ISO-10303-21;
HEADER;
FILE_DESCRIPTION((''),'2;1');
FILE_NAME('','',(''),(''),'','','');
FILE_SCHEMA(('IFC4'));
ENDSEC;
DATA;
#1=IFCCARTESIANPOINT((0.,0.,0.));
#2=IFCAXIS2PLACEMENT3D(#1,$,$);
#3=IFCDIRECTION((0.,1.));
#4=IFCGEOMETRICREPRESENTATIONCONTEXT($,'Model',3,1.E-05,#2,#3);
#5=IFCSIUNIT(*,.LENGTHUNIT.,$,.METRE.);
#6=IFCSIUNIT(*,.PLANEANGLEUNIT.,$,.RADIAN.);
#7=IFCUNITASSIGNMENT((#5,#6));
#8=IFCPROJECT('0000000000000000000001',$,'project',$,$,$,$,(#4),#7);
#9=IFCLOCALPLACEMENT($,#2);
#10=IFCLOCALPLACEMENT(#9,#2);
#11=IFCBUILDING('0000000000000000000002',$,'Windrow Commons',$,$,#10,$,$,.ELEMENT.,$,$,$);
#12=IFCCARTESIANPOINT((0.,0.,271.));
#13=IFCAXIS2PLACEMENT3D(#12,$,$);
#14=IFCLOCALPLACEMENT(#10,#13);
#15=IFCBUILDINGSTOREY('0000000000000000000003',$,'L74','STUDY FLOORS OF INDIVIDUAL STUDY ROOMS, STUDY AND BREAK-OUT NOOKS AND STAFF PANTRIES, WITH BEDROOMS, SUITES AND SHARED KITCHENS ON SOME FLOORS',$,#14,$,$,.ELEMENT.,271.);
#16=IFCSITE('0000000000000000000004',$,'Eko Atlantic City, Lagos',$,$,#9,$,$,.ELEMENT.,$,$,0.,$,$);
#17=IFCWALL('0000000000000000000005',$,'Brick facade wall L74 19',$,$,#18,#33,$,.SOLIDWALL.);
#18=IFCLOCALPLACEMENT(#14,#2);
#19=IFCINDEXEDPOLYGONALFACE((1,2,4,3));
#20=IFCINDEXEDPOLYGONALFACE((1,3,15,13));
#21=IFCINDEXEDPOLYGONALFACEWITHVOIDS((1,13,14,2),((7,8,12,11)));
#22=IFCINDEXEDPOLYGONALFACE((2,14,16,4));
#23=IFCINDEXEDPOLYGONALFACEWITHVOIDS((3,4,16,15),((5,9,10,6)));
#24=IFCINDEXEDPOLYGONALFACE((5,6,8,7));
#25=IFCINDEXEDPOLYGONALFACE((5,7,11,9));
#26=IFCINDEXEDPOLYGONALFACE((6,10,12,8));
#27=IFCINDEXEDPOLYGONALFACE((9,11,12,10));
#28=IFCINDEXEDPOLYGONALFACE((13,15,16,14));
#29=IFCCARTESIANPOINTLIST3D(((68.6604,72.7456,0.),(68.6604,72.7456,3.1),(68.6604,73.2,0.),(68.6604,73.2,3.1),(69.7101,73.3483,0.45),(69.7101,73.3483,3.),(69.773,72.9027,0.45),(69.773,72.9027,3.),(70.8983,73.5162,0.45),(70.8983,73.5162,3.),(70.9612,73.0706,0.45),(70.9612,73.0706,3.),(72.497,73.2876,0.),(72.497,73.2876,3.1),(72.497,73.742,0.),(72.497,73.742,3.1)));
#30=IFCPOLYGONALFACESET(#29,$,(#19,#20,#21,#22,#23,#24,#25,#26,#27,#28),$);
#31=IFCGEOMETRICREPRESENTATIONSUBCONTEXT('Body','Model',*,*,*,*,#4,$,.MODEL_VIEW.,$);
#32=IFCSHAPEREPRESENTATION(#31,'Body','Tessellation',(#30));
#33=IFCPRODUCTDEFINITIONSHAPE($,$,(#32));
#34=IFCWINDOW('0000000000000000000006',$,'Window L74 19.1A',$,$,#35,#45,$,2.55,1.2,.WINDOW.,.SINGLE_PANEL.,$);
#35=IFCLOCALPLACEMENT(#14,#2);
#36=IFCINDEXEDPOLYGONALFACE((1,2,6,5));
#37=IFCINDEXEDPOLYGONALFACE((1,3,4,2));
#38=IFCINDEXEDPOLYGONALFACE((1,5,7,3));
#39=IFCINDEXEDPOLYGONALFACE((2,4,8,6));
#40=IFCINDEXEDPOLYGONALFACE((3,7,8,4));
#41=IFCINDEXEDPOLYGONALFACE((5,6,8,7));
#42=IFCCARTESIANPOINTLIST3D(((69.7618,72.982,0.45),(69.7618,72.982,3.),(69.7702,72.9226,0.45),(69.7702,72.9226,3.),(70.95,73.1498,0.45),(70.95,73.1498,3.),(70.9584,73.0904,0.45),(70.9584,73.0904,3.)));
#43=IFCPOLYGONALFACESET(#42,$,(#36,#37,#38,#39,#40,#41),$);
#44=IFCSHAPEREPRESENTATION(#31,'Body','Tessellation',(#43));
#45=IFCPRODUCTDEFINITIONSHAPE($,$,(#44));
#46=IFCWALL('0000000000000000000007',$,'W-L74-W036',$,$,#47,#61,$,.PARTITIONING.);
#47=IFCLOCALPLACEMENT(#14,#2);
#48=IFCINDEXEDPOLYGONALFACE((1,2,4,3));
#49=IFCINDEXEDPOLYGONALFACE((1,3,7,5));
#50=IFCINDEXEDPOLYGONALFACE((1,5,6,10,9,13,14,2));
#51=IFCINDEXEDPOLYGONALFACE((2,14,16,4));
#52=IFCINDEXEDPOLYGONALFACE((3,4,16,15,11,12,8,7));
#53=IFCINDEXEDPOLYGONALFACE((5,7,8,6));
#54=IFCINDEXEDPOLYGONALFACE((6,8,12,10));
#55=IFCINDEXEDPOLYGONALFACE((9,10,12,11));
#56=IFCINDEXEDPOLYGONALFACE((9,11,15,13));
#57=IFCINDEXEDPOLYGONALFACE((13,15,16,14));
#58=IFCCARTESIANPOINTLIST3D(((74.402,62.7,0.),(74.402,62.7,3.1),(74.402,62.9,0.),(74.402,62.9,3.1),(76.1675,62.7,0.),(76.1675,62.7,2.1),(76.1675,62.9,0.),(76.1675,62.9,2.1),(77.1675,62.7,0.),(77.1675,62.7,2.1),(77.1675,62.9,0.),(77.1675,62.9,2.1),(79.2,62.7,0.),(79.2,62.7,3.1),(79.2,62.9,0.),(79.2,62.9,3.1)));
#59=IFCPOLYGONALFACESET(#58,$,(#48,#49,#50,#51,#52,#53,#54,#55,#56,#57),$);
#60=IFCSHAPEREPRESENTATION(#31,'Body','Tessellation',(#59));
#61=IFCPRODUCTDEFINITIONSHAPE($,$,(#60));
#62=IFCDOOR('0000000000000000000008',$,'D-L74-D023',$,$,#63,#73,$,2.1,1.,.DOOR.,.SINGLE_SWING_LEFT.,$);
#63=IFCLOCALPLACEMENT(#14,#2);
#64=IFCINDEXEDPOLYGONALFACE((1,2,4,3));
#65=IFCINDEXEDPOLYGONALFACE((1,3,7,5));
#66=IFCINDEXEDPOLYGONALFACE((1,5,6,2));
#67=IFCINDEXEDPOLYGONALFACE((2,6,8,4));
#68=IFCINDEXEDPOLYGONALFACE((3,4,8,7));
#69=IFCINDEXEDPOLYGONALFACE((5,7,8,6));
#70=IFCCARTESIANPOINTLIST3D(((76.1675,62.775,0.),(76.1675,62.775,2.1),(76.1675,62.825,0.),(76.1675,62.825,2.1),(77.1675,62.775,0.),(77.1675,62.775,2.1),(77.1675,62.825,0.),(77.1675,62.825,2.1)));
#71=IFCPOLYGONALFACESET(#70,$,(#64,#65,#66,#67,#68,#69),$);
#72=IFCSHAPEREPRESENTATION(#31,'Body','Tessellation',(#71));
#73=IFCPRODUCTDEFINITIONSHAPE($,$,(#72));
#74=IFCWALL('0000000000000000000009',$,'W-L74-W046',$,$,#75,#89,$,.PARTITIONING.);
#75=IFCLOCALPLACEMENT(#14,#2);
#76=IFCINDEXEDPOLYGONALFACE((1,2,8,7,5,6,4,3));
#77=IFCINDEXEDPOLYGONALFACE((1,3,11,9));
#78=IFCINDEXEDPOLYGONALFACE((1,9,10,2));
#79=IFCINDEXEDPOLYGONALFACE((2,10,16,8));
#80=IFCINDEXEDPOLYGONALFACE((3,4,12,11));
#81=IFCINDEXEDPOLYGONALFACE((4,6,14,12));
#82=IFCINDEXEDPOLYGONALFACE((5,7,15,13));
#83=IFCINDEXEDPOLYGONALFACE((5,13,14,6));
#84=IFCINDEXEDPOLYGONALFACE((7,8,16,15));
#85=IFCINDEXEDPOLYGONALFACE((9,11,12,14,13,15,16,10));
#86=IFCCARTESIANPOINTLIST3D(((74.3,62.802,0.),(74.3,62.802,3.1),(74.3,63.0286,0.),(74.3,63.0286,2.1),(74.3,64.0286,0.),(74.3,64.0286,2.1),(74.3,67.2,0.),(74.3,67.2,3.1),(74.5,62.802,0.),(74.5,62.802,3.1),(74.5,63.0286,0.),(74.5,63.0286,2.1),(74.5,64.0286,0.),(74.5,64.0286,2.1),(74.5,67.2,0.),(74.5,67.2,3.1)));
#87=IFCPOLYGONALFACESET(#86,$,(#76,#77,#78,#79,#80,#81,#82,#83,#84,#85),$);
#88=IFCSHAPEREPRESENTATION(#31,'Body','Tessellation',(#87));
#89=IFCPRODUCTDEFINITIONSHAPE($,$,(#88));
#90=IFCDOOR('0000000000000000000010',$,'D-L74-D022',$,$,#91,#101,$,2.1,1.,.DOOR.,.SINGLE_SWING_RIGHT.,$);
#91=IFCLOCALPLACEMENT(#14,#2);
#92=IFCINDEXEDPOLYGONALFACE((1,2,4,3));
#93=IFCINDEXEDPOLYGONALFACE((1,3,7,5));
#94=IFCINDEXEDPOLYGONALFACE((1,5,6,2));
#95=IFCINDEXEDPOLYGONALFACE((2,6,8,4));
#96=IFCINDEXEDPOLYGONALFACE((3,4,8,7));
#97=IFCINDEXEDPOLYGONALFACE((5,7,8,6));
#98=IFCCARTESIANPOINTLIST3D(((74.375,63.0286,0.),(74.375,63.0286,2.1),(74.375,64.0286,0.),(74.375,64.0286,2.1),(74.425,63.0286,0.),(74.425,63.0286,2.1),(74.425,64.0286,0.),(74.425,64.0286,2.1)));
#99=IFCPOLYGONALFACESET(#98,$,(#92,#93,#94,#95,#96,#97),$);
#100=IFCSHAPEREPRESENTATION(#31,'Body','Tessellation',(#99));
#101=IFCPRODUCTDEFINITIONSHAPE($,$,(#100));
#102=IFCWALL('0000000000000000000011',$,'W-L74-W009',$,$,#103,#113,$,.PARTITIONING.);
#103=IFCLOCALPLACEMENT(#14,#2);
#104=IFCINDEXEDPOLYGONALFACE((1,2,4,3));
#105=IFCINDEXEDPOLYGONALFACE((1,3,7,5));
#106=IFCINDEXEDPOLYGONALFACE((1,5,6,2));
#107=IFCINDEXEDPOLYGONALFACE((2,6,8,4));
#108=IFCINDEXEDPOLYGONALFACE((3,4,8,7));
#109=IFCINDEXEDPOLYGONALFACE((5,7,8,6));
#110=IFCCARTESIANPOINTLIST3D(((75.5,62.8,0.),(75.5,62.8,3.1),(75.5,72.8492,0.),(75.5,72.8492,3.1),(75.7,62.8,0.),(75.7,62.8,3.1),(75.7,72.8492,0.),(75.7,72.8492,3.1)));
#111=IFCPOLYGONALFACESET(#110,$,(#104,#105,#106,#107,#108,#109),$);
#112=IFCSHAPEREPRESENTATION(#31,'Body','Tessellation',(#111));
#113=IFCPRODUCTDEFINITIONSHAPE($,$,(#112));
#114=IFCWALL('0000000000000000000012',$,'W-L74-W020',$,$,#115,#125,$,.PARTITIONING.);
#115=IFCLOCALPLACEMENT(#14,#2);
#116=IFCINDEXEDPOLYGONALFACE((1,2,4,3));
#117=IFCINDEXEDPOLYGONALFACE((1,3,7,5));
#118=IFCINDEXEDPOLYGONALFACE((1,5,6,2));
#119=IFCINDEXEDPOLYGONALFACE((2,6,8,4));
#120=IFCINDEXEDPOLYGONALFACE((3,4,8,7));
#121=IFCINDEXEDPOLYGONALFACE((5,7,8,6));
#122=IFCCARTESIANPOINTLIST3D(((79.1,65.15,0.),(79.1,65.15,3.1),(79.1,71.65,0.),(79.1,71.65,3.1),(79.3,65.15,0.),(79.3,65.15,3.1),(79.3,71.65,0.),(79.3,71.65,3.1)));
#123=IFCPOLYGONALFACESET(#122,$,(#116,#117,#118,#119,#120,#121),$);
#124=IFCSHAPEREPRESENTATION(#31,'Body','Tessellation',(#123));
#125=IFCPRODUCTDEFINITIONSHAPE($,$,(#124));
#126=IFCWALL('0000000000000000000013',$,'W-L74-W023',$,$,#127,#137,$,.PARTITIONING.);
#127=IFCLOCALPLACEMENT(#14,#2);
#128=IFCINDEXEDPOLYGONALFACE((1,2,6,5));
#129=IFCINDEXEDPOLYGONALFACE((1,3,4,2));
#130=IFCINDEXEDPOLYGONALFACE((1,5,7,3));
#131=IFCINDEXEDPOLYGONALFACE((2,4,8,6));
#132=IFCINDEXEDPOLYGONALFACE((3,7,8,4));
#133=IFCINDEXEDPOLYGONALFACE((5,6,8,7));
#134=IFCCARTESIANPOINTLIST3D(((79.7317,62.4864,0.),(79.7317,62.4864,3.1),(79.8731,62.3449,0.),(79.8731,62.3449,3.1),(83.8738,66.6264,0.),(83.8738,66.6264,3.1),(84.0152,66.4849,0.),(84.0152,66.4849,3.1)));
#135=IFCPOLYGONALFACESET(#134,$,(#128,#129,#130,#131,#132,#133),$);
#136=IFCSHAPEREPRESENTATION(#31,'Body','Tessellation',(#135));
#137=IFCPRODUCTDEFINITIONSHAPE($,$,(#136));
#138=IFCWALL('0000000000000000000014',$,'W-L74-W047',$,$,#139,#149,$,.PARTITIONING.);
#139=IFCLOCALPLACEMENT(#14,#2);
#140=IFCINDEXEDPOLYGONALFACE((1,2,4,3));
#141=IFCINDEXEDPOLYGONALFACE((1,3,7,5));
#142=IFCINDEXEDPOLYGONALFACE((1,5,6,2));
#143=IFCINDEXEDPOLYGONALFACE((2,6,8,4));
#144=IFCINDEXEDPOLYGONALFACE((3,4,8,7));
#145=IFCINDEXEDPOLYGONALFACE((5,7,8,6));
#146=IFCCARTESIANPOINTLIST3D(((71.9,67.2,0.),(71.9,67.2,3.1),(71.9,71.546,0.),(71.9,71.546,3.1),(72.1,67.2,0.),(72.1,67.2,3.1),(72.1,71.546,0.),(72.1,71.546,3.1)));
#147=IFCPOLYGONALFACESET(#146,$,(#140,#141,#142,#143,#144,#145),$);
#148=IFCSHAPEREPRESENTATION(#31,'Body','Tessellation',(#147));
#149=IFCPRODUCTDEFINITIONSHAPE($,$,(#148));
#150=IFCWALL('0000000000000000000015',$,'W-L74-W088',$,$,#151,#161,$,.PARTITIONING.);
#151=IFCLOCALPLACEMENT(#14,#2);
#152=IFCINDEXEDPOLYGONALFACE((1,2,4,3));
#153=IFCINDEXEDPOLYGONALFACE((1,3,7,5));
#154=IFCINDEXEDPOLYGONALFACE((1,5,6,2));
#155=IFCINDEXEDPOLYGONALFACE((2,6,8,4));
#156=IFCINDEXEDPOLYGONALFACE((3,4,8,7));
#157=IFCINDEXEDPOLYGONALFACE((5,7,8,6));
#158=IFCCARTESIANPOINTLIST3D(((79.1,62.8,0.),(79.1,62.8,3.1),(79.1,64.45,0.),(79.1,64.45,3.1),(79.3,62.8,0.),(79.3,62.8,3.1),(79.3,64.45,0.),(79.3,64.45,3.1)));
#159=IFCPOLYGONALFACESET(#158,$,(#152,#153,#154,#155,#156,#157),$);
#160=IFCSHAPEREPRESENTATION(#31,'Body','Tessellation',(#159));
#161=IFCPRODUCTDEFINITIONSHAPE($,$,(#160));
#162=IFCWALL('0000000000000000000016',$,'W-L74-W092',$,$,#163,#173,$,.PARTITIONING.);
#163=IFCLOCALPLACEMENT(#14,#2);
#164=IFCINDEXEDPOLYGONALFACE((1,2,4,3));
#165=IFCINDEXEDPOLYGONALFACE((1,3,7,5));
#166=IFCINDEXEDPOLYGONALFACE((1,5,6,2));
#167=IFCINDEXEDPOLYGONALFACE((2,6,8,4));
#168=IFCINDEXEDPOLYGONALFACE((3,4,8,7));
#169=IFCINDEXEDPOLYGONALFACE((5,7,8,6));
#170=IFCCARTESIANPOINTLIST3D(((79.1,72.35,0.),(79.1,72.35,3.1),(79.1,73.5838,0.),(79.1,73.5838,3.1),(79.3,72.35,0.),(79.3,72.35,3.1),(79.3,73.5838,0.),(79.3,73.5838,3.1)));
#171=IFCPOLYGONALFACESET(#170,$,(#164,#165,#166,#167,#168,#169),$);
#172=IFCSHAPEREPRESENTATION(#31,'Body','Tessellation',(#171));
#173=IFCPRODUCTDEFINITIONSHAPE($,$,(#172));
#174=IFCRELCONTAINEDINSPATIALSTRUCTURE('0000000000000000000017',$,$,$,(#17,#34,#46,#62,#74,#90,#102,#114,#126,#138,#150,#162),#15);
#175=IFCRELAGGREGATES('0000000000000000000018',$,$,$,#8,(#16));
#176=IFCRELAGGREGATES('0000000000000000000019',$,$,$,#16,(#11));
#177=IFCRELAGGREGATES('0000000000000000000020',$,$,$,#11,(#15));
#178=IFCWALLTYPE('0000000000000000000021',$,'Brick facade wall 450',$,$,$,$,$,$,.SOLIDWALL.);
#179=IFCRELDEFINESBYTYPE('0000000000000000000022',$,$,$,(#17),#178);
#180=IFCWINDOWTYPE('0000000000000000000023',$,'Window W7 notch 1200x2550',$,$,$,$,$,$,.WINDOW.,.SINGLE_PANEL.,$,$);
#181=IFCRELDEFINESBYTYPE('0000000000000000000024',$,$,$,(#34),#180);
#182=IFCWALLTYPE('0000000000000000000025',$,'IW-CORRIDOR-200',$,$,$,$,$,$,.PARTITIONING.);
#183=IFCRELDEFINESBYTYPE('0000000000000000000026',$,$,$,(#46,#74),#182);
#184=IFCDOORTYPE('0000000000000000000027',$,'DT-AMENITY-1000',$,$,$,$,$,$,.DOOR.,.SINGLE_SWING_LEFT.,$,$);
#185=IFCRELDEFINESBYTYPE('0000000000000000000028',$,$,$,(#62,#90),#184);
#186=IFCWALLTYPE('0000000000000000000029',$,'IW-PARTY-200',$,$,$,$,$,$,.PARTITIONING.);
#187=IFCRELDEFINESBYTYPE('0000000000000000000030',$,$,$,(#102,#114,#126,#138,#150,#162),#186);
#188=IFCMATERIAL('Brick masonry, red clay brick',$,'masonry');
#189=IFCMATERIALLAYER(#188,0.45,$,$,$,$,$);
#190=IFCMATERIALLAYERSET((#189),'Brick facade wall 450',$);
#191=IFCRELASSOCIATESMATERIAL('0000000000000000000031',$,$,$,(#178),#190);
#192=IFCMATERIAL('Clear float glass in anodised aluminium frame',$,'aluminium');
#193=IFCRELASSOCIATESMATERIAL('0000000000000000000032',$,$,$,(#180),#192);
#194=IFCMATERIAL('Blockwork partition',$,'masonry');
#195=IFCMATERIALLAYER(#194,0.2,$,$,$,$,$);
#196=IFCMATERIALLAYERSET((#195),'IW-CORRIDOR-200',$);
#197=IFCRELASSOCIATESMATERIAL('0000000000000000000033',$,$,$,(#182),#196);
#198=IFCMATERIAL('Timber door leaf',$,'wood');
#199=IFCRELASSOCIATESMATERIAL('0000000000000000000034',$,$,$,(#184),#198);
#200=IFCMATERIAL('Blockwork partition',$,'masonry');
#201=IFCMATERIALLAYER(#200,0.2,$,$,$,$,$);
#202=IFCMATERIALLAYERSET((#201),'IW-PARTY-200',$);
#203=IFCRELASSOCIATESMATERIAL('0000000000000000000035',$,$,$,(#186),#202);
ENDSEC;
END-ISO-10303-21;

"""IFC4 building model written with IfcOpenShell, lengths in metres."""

from ifc_helpers import new_model, si_unit, direction, frame, frame_2d, origin, place, context, subcontext, project, spatial, polyline, rectangle, outline, extrude, material, layer, layer_set, type_object, element, fill, save


model = new_model("IFC4")

# Units and contexts
model_context = context("Model", 3, precision=1e-05, world=origin(), true_north=direction((0.0, 1.0)))
body_context = subcontext(model_context, "Body", "Model", "MODEL_VIEW")
ifc_project = project(units=[si_unit("LENGTHUNIT", "METRE"), si_unit("PLANEANGLEUNIT", "RADIAN")], contexts=[model_context])

# Site, building, storey
site_placement = place(None, origin())
site = spatial("IfcSite", under=ifc_project, at=site_placement, Name="Eko Atlantic City, Lagos", CompositionType="ELEMENT", RefElevation=0.0)
building_placement = place(site_placement, origin())
building = spatial("IfcBuilding", under=site, at=building_placement, Name="Windrow Commons", CompositionType="ELEMENT")
storey_placement = place(building_placement, frame((0.0, 0.0, 271.0)))
storey = spatial("IfcBuildingStorey", under=building, at=storey_placement, Name="L74", Description="STUDY FLOORS OF INDIVIDUAL STUDY ROOMS, STUDY AND BREAK-OUT NOOKS AND STAFF PANTRIES, WITH BEDROOMS, SUITES AND SHARED KITCHENS ON SOME FLOORS", CompositionType="ELEMENT", Elevation=271.0)

# Wall, opening, window
ifc_material_1 = material(Name="Brick masonry, red clay brick", Category="masonry")
ifc_layer_1 = layer(ifc_material_1, 0.45)
ifc_layer_set_1 = layer_set([ifc_layer_1], Name="Brick facade wall 450")
wall_type_1 = type_object("IfcWallType", Name="Brick facade wall 450", PredefinedType="SOLIDWALL", material=ifc_layer_set_1)
ifc_material_2 = material(Name="Clear float glass in anodised aluminium frame", Category="aluminium")
window_type = type_object("IfcWindowType", Name="Window W7 notch 1200x2550", PartitioningType="SINGLE_PANEL", PredefinedType="WINDOW", material=ifc_material_2)
wall_1_placement = place(storey_placement, frame((72.497, 73.5148, 0.0), z_axis=(0.0, 0.0, 1.0), x_axis=(-0.990168, -0.139882, 0.0)))
wall_1 = element("IfcWall", 1, at=wall_1_placement, inside=storey, type_object=wall_type_1, Name="Brick facade wall L74 19", PredefinedType="SOLIDWALL", context=body_context, shape_type="SweptSolid", body=[
    extrude(outline(polyline([(-0.0318, -0.225), (3.8429, -0.225), (3.9065, 0.225), (0.0318, 0.225), (-0.0318, -0.225)])), origin(), (0.0, 0.0, 1.0), 3.1),
])
opening_1_placement = place(wall_1_placement, frame((1.5828, 0.0, 0.45)))
opening_1 = element("IfcOpeningElement", 2, at=opening_1_placement, cuts=wall_1, PredefinedType="OPENING", context=body_context, shape_type="SweptSolid", body=[
    extrude(rectangle(XDim=1.2, YDim=2.55, at=frame_2d((0.6, 1.275))), frame((0.0, 0.235, 0.0), z_axis=(0.0, -1.0, 0.0), x_axis=(1.0, 0.0, 0.0)), (0.0, 0.0, 1.0), 0.47),
])
window_1_placement = place(opening_1_placement, origin())
window_1 = element("IfcWindow", 3, at=window_1_placement, inside=storey, type_object=window_type, Name="Window L74 19.1A", OverallHeight=2.55, OverallWidth=1.2, PartitioningType="SINGLE_PANEL", PredefinedType="WINDOW", context=body_context, shape_type="SweptSolid", body=[
    extrude(rectangle(XDim=1.2, YDim=2.55, at=frame_2d((0.6, 1.275))), frame((0.0, 0.205, 0.0), z_axis=(0.0, -1.0, 0.0), x_axis=(1.0, 0.0, 0.0)), (0.0, 0.0, 1.0), 0.06),
])
fill(opening_1, window_1)

# Walls, openings, doors
ifc_material_3 = material(Name="Blockwork partition", Category="masonry")
ifc_layer_2 = layer(ifc_material_3, 0.2)
ifc_layer_set_2 = layer_set([ifc_layer_2], Name="IW-CORRIDOR-200")
wall_type_2 = type_object("IfcWallType", Name="IW-CORRIDOR-200", PredefinedType="PARTITIONING", material=ifc_layer_set_2)
wall_2_placement = place(storey_placement, frame((74.402, 62.8, 0.0), z_axis=(0.0, 0.0, 1.0), x_axis=(1.0, 0.0, 0.0)))
wall_2 = element("IfcWall", 4, at=wall_2_placement, inside=storey, type_object=wall_type_2, Name="W-L74-W036", PredefinedType="PARTITIONING", context=body_context, shape_type="SweptSolid", body=[
    extrude(rectangle(XDim=4.798, YDim=0.2, at=frame_2d((2.399, 0.0))), origin(), (0.0, 0.0, 1.0), 3.1),
])
opening_2_placement = place(wall_2_placement, frame((1.7655, 0.0, 0.0)))
opening_2 = element("IfcOpeningElement", 5, at=opening_2_placement, cuts=wall_2, PredefinedType="OPENING", context=body_context, shape_type="SweptSolid", body=[
    extrude(rectangle(XDim=1.0, YDim=2.1, at=frame_2d((0.5, 1.05))), frame((0.0, 0.11, 0.0), z_axis=(0.0, -1.0, 0.0), x_axis=(1.0, 0.0, 0.0)), (0.0, 0.0, 1.0), 0.22),
])
ifc_material_4 = material(Name="Timber door leaf", Category="wood")
door_type = type_object("IfcDoorType", Name="DT-AMENITY-1000", OperationType="SINGLE_SWING_LEFT", PredefinedType="DOOR", material=ifc_material_4)
door_1_placement = place(opening_2_placement, origin())
door_1 = element("IfcDoor", 6, at=door_1_placement, inside=storey, type_object=door_type, Name="D-L74-D023", OperationType="SINGLE_SWING_LEFT", OverallHeight=2.1, OverallWidth=1.0, PredefinedType="DOOR", context=body_context, shape_type="SweptSolid", body=[
    extrude(rectangle(XDim=1.0, YDim=2.1, at=frame_2d((0.5, 1.05))), frame((0.0, 0.025, 0.0), z_axis=(0.0, -1.0, 0.0), x_axis=(1.0, 0.0, 0.0)), (0.0, 0.0, 1.0), 0.05),
])
fill(opening_2, door_1)
wall_3_placement = place(storey_placement, frame((74.4, 62.802, 0.0), z_axis=(0.0, 0.0, 1.0), x_axis=(0.0, 1.0, 0.0)))
wall_3 = element("IfcWall", 7, at=wall_3_placement, inside=storey, type_object=wall_type_2, Name="W-L74-W046", PredefinedType="PARTITIONING", context=body_context, shape_type="SweptSolid", body=[
    extrude(rectangle(XDim=4.398, YDim=0.2, at=frame_2d((2.199, 0.0))), origin(), (0.0, 0.0, 1.0), 3.1),
])
opening_3_placement = place(wall_3_placement, frame((0.2266, 0.0, 0.0)))
opening_3 = element("IfcOpeningElement", 8, at=opening_3_placement, cuts=wall_3, PredefinedType="OPENING", context=body_context, shape_type="SweptSolid", body=[
    extrude(rectangle(XDim=1.0, YDim=2.1, at=frame_2d((0.5, 1.05))), frame((0.0, 0.11, 0.0), z_axis=(0.0, -1.0, 0.0), x_axis=(1.0, 0.0, 0.0)), (0.0, 0.0, 1.0), 0.22),
])
door_2_placement = place(opening_3_placement, origin())
door_2 = element("IfcDoor", 9, at=door_2_placement, inside=storey, type_object=door_type, Name="D-L74-D022", OperationType="SINGLE_SWING_RIGHT", OverallHeight=2.1, OverallWidth=1.0, PredefinedType="DOOR", context=body_context, shape_type="SweptSolid", body=[
    extrude(rectangle(XDim=1.0, YDim=2.1, at=frame_2d((0.5, 1.05))), frame((0.0, 0.025, 0.0), z_axis=(0.0, -1.0, 0.0), x_axis=(1.0, 0.0, 0.0)), (0.0, 0.0, 1.0), 0.05),
])
fill(opening_3, door_2)

# Walls
ifc_material_5 = material(Name="Blockwork partition", Category="masonry")
ifc_layer_3 = layer(ifc_material_5, 0.2)
ifc_layer_set_3 = layer_set([ifc_layer_3], Name="IW-PARTY-200")
wall_type_3 = type_object("IfcWallType", Name="IW-PARTY-200", PredefinedType="PARTITIONING", material=ifc_layer_set_3)
wall_4_placement = place(storey_placement, frame((75.6, 62.8, 0.0), z_axis=(0.0, 0.0, 1.0), x_axis=(0.0, 1.0, 0.0)))
element("IfcWall", 10, at=wall_4_placement, inside=storey, type_object=wall_type_3, Name="W-L74-W009", PredefinedType="PARTITIONING", context=body_context, shape_type="SweptSolid", body=[
    extrude(rectangle(XDim=10.0492, YDim=0.2, at=frame_2d((5.0246, 0.0))), origin(), (0.0, 0.0, 1.0), 3.1),
])
wall_5_placement = place(storey_placement, frame((79.2, 65.15, 0.0), z_axis=(0.0, 0.0, 1.0), x_axis=(0.0, 1.0, 0.0)))
element("IfcWall", 11, at=wall_5_placement, inside=storey, type_object=wall_type_3, Name="W-L74-W020", PredefinedType="PARTITIONING", context=body_context, shape_type="SweptSolid", body=[
    extrude(rectangle(XDim=6.5, YDim=0.2, at=frame_2d((3.25, 0.0))), origin(), (0.0, 0.0, 1.0), 3.1),
])
wall_6_placement = place(storey_placement, frame((79.8024, 62.4156, 0.0), z_axis=(0.0, 0.0, 1.0), x_axis=(0.707278, 0.706936, 0.0)))
element("IfcWall", 12, at=wall_6_placement, inside=storey, type_object=wall_type_3, Name="W-L74-W023", PredefinedType="PARTITIONING", context=body_context, shape_type="SweptSolid", body=[
    extrude(rectangle(XDim=5.8563, YDim=0.2, at=frame_2d((2.9282, 0.0))), origin(), (0.0, 0.0, 1.0), 3.1),
])
wall_7_placement = place(storey_placement, frame((72.0, 67.2, 0.0), z_axis=(0.0, 0.0, 1.0), x_axis=(0.0, 1.0, 0.0)))
element("IfcWall", 13, at=wall_7_placement, inside=storey, type_object=wall_type_3, Name="W-L74-W047", PredefinedType="PARTITIONING", context=body_context, shape_type="SweptSolid", body=[
    extrude(rectangle(XDim=4.346, YDim=0.2, at=frame_2d((2.173, 0.0))), origin(), (0.0, 0.0, 1.0), 3.1),
])
wall_8_placement = place(storey_placement, frame((79.2, 62.8, 0.0), z_axis=(0.0, 0.0, 1.0), x_axis=(0.0, 1.0, 0.0)))
element("IfcWall", 14, at=wall_8_placement, inside=storey, type_object=wall_type_3, Name="W-L74-W088", PredefinedType="PARTITIONING", context=body_context, shape_type="SweptSolid", body=[
    extrude(rectangle(XDim=1.65, YDim=0.2, at=frame_2d((0.825, 0.0))), origin(), (0.0, 0.0, 1.0), 3.1),
])
wall_9_placement = place(storey_placement, frame((79.2, 72.35, 0.0), z_axis=(0.0, 0.0, 1.0), x_axis=(0.0, 1.0, 0.0)))
element("IfcWall", 15, at=wall_9_placement, inside=storey, type_object=wall_type_3, Name="W-L74-W092", PredefinedType="PARTITIONING", context=body_context, shape_type="SweptSolid", body=[
    extrude(rectangle(XDim=1.2337, YDim=0.2, at=frame_2d((0.6169, 0.0))), origin(), (0.0, 0.0, 1.0), 3.1),
])

save(model, "model.ifc")
